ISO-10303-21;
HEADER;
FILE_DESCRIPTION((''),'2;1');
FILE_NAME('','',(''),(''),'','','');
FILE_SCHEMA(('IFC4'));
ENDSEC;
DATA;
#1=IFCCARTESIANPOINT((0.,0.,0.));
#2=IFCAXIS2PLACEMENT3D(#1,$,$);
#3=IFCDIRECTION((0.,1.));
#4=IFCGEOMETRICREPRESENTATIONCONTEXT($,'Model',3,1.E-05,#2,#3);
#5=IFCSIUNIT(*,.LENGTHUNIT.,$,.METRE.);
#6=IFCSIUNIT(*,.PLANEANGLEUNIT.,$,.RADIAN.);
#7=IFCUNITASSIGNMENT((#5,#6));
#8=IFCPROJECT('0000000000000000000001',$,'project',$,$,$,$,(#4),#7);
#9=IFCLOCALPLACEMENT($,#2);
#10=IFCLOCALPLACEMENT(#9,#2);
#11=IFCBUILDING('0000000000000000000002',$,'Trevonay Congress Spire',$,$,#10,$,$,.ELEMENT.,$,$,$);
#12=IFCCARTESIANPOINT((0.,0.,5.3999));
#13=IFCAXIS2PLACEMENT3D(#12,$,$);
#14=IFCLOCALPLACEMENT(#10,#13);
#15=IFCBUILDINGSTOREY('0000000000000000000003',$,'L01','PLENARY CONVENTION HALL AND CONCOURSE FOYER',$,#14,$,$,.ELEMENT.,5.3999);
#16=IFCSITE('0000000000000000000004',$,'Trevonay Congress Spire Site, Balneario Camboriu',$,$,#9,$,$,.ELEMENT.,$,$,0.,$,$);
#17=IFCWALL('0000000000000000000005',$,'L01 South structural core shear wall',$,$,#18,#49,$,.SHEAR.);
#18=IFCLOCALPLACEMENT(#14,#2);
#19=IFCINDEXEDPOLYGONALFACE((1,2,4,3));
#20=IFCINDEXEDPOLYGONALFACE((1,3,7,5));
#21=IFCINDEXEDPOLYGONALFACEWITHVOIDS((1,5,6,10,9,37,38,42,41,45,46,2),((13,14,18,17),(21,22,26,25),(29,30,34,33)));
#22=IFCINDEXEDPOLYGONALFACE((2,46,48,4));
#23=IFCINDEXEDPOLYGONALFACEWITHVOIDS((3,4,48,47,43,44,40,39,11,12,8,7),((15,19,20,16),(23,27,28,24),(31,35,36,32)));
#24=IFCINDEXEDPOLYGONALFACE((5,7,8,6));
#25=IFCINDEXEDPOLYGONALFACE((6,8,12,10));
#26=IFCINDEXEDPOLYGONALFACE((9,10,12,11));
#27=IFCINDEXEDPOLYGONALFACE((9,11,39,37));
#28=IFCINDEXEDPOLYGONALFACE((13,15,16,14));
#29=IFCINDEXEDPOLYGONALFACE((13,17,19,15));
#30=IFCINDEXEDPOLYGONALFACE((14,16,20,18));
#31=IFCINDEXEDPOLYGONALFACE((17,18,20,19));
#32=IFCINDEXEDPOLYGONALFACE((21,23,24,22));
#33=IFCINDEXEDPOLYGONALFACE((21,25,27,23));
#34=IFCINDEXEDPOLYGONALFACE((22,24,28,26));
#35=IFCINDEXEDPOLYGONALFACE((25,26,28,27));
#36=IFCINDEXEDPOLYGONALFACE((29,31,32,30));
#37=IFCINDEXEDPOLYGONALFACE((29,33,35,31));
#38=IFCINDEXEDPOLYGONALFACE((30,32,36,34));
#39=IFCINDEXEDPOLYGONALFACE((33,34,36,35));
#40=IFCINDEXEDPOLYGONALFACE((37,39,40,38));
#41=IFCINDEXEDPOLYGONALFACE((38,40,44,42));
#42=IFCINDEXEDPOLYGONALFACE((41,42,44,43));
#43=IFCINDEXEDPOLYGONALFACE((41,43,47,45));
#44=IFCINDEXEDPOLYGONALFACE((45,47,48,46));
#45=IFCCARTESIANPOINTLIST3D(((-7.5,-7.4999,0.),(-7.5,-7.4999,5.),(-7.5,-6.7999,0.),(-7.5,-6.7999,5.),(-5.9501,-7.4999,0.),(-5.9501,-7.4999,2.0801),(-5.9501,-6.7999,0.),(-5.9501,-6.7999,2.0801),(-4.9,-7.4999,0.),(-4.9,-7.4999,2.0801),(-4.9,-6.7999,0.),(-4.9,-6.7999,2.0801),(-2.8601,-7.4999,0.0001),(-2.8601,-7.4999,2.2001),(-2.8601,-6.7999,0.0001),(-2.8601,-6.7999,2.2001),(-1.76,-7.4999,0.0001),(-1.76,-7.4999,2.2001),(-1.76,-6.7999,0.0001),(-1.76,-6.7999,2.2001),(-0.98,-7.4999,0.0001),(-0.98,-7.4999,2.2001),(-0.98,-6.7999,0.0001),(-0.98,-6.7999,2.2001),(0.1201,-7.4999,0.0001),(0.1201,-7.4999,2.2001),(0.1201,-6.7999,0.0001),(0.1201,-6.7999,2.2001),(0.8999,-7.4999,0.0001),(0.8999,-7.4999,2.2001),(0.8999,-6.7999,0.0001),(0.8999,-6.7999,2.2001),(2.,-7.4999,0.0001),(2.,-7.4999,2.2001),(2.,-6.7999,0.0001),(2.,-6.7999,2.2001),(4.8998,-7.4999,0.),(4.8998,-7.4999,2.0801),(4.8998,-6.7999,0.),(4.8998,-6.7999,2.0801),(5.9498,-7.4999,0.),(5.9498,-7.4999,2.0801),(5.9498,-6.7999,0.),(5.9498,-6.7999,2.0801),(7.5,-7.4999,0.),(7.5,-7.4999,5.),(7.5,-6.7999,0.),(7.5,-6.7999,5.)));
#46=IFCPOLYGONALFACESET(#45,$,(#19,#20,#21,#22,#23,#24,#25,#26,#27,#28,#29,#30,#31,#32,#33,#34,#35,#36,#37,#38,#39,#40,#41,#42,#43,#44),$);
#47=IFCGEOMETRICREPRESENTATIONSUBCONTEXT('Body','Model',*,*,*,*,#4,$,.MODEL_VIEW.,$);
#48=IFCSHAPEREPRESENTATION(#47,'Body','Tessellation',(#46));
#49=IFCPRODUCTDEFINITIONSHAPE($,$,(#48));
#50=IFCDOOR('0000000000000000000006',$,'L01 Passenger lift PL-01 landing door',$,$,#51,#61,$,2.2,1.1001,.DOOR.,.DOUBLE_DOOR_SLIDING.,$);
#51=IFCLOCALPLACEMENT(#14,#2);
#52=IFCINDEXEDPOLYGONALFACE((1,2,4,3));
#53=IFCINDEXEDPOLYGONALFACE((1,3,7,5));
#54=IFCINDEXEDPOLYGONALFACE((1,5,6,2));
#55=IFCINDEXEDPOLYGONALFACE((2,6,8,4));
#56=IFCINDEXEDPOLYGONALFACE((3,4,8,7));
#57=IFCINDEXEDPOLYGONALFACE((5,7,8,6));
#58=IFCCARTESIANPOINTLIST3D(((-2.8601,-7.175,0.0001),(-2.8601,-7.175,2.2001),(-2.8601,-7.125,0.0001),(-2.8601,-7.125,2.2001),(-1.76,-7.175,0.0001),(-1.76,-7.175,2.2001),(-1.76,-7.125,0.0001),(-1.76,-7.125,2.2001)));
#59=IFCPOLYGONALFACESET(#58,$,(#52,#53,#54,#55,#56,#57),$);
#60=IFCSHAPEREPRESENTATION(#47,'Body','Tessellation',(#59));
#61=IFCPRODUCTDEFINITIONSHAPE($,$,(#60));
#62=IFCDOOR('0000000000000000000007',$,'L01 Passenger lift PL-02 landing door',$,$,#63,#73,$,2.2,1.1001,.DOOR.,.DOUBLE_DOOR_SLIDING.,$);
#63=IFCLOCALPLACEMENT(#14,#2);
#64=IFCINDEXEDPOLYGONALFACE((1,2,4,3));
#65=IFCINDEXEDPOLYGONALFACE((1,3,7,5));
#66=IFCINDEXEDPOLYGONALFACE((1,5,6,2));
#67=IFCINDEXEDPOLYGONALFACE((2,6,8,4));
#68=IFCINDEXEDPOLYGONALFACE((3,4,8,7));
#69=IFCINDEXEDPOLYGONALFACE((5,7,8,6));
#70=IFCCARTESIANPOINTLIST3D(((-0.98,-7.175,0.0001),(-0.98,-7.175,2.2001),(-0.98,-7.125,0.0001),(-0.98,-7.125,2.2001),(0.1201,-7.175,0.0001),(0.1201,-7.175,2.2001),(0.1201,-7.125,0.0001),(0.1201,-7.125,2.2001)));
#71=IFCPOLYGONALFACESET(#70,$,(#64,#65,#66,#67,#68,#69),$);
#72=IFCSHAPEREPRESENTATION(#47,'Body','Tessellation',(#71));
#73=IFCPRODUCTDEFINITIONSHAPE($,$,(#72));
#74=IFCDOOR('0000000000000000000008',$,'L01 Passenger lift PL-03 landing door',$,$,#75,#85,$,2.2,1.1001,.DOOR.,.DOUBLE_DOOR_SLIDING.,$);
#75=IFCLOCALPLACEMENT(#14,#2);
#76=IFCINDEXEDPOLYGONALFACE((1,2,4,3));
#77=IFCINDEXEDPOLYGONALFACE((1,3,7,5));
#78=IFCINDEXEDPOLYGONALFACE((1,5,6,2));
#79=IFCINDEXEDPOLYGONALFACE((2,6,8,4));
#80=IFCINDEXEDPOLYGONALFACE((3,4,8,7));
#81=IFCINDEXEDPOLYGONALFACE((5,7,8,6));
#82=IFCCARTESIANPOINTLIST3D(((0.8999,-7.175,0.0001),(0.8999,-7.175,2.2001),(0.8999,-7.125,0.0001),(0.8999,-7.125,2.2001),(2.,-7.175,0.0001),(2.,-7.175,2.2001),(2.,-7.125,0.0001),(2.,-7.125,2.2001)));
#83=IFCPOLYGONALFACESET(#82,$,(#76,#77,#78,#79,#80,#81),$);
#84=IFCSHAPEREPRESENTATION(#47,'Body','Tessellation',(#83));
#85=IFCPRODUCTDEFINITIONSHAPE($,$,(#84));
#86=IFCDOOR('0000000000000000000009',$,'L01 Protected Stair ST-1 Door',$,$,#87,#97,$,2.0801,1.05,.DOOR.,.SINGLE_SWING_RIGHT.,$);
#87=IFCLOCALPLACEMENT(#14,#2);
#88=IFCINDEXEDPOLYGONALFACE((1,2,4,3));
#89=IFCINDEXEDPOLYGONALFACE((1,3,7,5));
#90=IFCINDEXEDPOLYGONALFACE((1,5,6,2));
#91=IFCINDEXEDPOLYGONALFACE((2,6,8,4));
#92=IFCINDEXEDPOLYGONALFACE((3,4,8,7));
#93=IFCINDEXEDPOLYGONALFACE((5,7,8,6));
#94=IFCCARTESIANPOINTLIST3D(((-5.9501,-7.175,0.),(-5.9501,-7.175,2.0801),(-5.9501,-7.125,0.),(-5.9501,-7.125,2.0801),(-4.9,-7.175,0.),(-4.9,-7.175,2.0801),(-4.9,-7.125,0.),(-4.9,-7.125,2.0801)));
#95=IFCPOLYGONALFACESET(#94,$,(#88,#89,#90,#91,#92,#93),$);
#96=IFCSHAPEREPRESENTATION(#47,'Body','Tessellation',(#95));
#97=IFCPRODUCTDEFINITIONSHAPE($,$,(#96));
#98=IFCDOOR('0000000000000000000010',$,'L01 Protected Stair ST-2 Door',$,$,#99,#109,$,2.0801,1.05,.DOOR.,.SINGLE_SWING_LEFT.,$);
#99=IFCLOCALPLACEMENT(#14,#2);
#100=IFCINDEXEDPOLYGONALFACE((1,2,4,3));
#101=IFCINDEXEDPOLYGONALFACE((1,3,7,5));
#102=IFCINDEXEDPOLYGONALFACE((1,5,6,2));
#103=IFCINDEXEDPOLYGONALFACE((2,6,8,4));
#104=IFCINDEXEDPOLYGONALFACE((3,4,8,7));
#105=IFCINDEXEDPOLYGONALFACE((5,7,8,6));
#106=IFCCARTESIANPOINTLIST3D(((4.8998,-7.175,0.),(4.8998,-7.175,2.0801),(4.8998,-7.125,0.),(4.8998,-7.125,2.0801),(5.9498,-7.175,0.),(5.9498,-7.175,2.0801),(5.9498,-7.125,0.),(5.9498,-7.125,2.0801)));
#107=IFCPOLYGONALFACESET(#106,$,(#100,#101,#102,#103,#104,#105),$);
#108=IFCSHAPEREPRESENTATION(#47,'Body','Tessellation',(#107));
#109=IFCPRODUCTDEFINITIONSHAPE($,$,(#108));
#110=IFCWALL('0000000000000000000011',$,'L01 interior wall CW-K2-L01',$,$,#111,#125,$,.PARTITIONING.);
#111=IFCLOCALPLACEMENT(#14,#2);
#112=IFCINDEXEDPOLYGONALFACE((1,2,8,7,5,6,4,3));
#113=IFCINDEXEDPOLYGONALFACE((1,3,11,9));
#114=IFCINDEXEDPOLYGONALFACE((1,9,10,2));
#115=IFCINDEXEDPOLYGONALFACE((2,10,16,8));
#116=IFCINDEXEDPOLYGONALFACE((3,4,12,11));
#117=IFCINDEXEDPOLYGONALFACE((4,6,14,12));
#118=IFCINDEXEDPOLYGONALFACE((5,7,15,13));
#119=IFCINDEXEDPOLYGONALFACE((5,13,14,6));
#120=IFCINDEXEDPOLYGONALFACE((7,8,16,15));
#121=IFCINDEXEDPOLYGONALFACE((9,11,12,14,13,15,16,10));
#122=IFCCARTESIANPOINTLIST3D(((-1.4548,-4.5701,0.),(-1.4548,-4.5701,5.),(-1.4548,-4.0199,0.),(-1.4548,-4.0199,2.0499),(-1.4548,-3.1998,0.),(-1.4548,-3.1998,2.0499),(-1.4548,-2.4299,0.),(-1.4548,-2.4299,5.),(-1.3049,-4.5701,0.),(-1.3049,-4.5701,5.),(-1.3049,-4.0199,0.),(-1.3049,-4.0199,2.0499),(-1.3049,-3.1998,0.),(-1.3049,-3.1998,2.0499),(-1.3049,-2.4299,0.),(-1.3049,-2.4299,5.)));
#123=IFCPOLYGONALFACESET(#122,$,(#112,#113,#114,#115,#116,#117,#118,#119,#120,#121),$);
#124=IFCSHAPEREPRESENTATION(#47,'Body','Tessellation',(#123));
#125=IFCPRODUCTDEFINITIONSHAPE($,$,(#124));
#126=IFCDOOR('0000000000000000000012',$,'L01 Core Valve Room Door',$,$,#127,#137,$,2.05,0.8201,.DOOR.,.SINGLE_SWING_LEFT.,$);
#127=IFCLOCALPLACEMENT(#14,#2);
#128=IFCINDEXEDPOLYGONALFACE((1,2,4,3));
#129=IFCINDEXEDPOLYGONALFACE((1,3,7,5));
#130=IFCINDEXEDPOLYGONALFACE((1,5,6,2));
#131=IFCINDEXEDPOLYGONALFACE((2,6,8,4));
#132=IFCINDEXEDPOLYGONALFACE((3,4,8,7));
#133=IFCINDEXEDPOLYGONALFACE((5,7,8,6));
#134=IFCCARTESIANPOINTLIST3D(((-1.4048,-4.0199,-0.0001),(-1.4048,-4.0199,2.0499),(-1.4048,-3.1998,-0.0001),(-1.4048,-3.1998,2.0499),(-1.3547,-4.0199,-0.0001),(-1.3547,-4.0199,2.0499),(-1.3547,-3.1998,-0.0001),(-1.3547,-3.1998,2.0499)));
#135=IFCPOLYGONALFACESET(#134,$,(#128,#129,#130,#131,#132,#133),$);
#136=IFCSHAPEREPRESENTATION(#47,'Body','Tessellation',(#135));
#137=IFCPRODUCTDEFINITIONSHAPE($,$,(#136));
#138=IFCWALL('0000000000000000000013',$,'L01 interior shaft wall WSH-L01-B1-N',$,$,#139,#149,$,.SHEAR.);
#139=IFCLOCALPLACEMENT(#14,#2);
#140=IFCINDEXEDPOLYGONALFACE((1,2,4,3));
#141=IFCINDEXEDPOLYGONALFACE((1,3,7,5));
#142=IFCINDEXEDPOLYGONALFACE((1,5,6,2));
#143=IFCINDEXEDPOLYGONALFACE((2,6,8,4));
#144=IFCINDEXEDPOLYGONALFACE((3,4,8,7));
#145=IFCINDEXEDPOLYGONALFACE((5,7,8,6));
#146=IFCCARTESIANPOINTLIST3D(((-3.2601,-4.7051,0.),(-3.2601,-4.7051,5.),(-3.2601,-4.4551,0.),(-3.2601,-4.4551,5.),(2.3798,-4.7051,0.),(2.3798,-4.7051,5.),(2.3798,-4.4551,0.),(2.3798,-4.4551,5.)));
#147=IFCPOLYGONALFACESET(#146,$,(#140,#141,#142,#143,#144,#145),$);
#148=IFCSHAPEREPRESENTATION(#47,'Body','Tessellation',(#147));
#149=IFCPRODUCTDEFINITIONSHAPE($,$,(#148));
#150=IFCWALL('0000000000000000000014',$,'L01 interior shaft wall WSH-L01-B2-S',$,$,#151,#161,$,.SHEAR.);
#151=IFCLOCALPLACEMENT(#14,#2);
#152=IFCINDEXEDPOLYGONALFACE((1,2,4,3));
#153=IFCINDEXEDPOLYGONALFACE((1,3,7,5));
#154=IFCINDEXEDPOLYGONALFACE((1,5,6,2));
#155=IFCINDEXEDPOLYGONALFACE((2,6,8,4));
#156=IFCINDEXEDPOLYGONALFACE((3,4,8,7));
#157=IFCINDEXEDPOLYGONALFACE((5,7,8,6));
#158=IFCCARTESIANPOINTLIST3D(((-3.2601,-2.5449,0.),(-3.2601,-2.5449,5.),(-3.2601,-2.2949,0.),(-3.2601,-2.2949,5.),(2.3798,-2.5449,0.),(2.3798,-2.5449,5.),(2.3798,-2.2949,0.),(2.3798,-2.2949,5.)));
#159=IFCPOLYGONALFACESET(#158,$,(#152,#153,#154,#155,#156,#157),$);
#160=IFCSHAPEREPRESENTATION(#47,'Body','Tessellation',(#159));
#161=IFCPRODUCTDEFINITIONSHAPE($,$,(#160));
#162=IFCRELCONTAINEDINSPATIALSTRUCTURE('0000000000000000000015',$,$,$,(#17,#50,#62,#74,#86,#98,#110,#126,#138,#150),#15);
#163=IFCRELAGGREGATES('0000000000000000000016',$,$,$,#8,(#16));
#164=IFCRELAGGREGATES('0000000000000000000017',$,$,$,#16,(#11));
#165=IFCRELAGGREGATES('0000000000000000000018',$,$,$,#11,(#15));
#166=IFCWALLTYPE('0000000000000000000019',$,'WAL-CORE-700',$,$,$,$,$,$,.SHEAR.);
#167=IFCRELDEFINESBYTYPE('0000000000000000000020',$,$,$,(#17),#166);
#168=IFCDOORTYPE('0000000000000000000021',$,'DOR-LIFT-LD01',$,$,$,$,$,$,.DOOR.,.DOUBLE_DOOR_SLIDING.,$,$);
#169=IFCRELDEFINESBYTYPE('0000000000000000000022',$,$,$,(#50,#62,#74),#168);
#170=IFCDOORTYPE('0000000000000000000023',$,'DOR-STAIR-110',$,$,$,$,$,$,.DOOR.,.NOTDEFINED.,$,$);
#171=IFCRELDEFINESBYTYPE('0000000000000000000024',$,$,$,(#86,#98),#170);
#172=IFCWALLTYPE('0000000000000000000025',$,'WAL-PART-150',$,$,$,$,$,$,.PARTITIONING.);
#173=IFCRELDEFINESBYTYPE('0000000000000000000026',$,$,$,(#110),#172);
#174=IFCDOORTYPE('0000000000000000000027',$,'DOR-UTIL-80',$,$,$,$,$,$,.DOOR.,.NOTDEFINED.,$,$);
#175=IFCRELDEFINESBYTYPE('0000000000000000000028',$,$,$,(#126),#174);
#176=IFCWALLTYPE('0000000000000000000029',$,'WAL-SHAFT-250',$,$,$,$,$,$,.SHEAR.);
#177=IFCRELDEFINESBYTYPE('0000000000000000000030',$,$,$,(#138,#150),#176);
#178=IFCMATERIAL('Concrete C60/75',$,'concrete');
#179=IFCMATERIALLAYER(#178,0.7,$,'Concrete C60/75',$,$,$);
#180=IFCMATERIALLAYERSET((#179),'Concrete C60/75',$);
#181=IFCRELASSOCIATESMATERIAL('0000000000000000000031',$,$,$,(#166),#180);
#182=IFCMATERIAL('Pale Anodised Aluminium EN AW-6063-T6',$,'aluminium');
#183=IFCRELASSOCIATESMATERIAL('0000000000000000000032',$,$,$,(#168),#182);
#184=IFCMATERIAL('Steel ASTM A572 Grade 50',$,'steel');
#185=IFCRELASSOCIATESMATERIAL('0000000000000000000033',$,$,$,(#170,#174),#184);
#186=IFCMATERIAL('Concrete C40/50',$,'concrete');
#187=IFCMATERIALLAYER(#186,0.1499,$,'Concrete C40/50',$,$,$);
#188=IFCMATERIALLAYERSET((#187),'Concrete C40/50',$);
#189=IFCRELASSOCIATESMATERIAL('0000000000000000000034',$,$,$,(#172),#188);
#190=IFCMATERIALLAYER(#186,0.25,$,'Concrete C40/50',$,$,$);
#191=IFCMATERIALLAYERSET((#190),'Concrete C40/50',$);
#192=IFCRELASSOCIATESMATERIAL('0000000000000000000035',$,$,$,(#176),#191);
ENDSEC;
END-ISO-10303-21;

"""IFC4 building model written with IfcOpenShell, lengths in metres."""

from ifc_helpers import new_model, si_unit, direction, frame, frame_2d, origin, place, context, subcontext, project, spatial, rectangle, extrude, material, layer, layer_set, type_object, element, fill, save


model = new_model("IFC4")

# Units and contexts
model_context = context("Model", 3, precision=1e-05, world=origin(), true_north=direction((0.0, 1.0)))
body_context = subcontext(model_context, "Body", "Model", "MODEL_VIEW")
ifc_project = project(units=[si_unit("LENGTHUNIT", "METRE"), si_unit("PLANEANGLEUNIT", "RADIAN")], contexts=[model_context])

# Site, building, storey
site_placement = place(None, origin())
site = spatial("IfcSite", under=ifc_project, at=site_placement, Name="Trevonay Congress Spire Site, Balneario Camboriu", CompositionType="ELEMENT", RefElevation=0.0)
building_placement = place(site_placement, origin())
building = spatial("IfcBuilding", under=site, at=building_placement, Name="Trevonay Congress Spire", CompositionType="ELEMENT")
storey_placement = place(building_placement, frame((0.0, 0.0, 5.3999)))
storey = spatial("IfcBuildingStorey", under=building, at=storey_placement, Name="L01", Description="PLENARY CONVENTION HALL AND CONCOURSE FOYER", CompositionType="ELEMENT", Elevation=5.3999)

# Shared definitions
ifc_material_1 = material(Name="Steel ASTM A572 Grade 50", Category="steel")

# Wall, openings, doors
ifc_material_2 = material(Name="Concrete C60/75", Category="concrete")
ifc_layer_1 = layer(ifc_material_2, 0.7, Name="Concrete C60/75")
ifc_layer_set_1 = layer_set([ifc_layer_1], Name="Concrete C60/75")
wall_type_1 = type_object("IfcWallType", Name="WAL-CORE-700", PredefinedType="SHEAR", material=ifc_layer_set_1)
wall_1_placement = place(storey_placement, frame((-7.5, -7.1499, 0.0), z_axis=(0.0, 0.0, 1.0), x_axis=(1.0, 0.0, 0.0)))
wall_1 = element("IfcWall", 1, at=wall_1_placement, inside=storey, type_object=wall_type_1, Name="L01 South structural core shear wall", PredefinedType="SHEAR", context=body_context, shape_type="SweptSolid", body=[
    extrude(rectangle(XDim=15.0, YDim=0.7, at=frame_2d((7.5, 0.0))), origin(), (0.0, 0.0, 1.0), 5.0),
])
opening_1_placement = place(wall_1_placement, frame((1.55, 0.0, 0.0)))
opening_1 = element("IfcOpeningElement", 2, at=opening_1_placement, cuts=wall_1, PredefinedType="OPENING", context=body_context, shape_type="SweptSolid", body=[
    extrude(rectangle(XDim=1.05, YDim=2.0801, at=frame_2d((0.5249, 1.04))), frame((0.0, 0.3599, 0.0), z_axis=(0.0, -1.0, 0.0), x_axis=(1.0, 0.0, 0.0)), (0.0, 0.0, 1.0), 0.72),
])
opening_2_placement = place(wall_1_placement, frame((12.3999, 0.0, 0.0)))
opening_2 = element("IfcOpeningElement", 3, at=opening_2_placement, cuts=wall_1, PredefinedType="OPENING", context=body_context, shape_type="SweptSolid", body=[
    extrude(rectangle(XDim=1.05, YDim=2.0801, at=frame_2d((0.5249, 1.04))), frame((0.0, 0.3599, 0.0), z_axis=(0.0, -1.0, 0.0), x_axis=(1.0, 0.0, 0.0)), (0.0, 0.0, 1.0), 0.72),
])
opening_3_placement = place(wall_1_placement, frame((4.6399, 0.0, 0.0)))
opening_3 = element("IfcOpeningElement", 4, at=opening_3_placement, cuts=wall_1, PredefinedType="OPENING", context=body_context, shape_type="SweptSolid", body=[
    extrude(rectangle(XDim=1.1001, YDim=2.2, at=frame_2d((0.55, 1.1001))), frame((0.0, 0.3599, 0.0), z_axis=(0.0, -1.0, 0.0), x_axis=(1.0, 0.0, 0.0)), (0.0, 0.0, 1.0), 0.72),
])
opening_4_placement = place(wall_1_placement, frame((6.52, 0.0, 0.0)))
opening_4 = element("IfcOpeningElement", 5, at=opening_4_placement, cuts=wall_1, PredefinedType="OPENING", context=body_context, shape_type="SweptSolid", body=[
    extrude(rectangle(XDim=1.1001, YDim=2.2, at=frame_2d((0.55, 1.1001))), frame((0.0, 0.3599, 0.0), z_axis=(0.0, -1.0, 0.0), x_axis=(1.0, 0.0, 0.0)), (0.0, 0.0, 1.0), 0.72),
])
opening_5_placement = place(wall_1_placement, frame((8.3999, 0.0, 0.0)))
opening_5 = element("IfcOpeningElement", 6, at=opening_5_placement, cuts=wall_1, PredefinedType="OPENING", context=body_context, shape_type="SweptSolid", body=[
    extrude(rectangle(XDim=1.1001, YDim=2.2, at=frame_2d((0.55, 1.1001))), frame((0.0, 0.3599, 0.0), z_axis=(0.0, -1.0, 0.0), x_axis=(1.0, 0.0, 0.0)), (0.0, 0.0, 1.0), 0.72),
])
ifc_material_3 = material(Name="Pale Anodised Aluminium EN AW-6063-T6", Category="aluminium")
door_type_1 = type_object("IfcDoorType", Name="DOR-LIFT-LD01", OperationType="DOUBLE_DOOR_SLIDING", PredefinedType="DOOR", material=ifc_material_3)
door_1_placement = place(opening_3_placement, origin())
door_1 = element("IfcDoor", 7, at=door_1_placement, inside=storey, type_object=door_type_1, Name="L01 Passenger lift PL-01 landing door", OperationType="DOUBLE_DOOR_SLIDING", OverallHeight=2.2, OverallWidth=1.1001, PredefinedType="DOOR", context=body_context, shape_type="SweptSolid", body=[
    extrude(rectangle(XDim=1.1001, YDim=2.2, at=frame_2d((0.55, 1.1001))), frame((0.0, 0.0249, 0.0), z_axis=(0.0, -1.0, 0.0), x_axis=(1.0, 0.0, 0.0)), (0.0, 0.0, 1.0), 0.05),
])
fill(opening_3, door_1)
door_2_placement = place(opening_4_placement, origin())
door_2 = element("IfcDoor", 8, at=door_2_placement, inside=storey, type_object=door_type_1, Name="L01 Passenger lift PL-02 landing door", OperationType="DOUBLE_DOOR_SLIDING", OverallHeight=2.2, OverallWidth=1.1001, PredefinedType="DOOR", context=body_context, shape_type="SweptSolid", body=[
    extrude(rectangle(XDim=1.1001, YDim=2.2, at=frame_2d((0.55, 1.1001))), frame((0.0, 0.0249, 0.0), z_axis=(0.0, -1.0, 0.0), x_axis=(1.0, 0.0, 0.0)), (0.0, 0.0, 1.0), 0.05),
])
fill(opening_4, door_2)
door_3_placement = place(opening_5_placement, origin())
door_3 = element("IfcDoor", 9, at=door_3_placement, inside=storey, type_object=door_type_1, Name="L01 Passenger lift PL-03 landing door", OperationType="DOUBLE_DOOR_SLIDING", OverallHeight=2.2, OverallWidth=1.1001, PredefinedType="DOOR", context=body_context, shape_type="SweptSolid", body=[
    extrude(rectangle(XDim=1.1001, YDim=2.2, at=frame_2d((0.55, 1.1001))), frame((0.0, 0.0249, 0.0), z_axis=(0.0, -1.0, 0.0), x_axis=(1.0, 0.0, 0.0)), (0.0, 0.0, 1.0), 0.05),
])
fill(opening_5, door_3)
door_type_2 = type_object("IfcDoorType", Name="DOR-STAIR-110", OperationType="NOTDEFINED", PredefinedType="DOOR", material=ifc_material_1)
door_4_placement = place(opening_1_placement, origin())
door_4 = element("IfcDoor", 10, at=door_4_placement, inside=storey, type_object=door_type_2, Name="L01 Protected Stair ST-1 Door", OperationType="SINGLE_SWING_RIGHT", OverallHeight=2.0801, OverallWidth=1.05, PredefinedType="DOOR", context=body_context, shape_type="SweptSolid", body=[
    extrude(rectangle(XDim=1.05, YDim=2.0801, at=frame_2d((0.5249, 1.04))), frame((0.0, 0.0249, 0.0), z_axis=(0.0, -1.0, 0.0), x_axis=(1.0, 0.0, 0.0)), (0.0, 0.0, 1.0), 0.05),
])
fill(opening_1, door_4)
door_5_placement = place(opening_2_placement, origin())
door_5 = element("IfcDoor", 11, at=door_5_placement, inside=storey, type_object=door_type_2, Name="L01 Protected Stair ST-2 Door", OperationType="SINGLE_SWING_LEFT", OverallHeight=2.0801, OverallWidth=1.05, PredefinedType="DOOR", context=body_context, shape_type="SweptSolid", body=[
    extrude(rectangle(XDim=1.05, YDim=2.0801, at=frame_2d((0.5249, 1.04))), frame((0.0, 0.0249, 0.0), z_axis=(0.0, -1.0, 0.0), x_axis=(1.0, 0.0, 0.0)), (0.0, 0.0, 1.0), 0.05),
])
fill(opening_2, door_5)

# Wall, opening, door
ifc_material_4 = material(Name="Concrete C40/50", Category="concrete")
ifc_layer_2 = layer(ifc_material_4, 0.1499, Name="Concrete C40/50")
ifc_layer_set_2 = layer_set([ifc_layer_2], Name="Concrete C40/50")
wall_type_2 = type_object("IfcWallType", Name="WAL-PART-150", PredefinedType="PARTITIONING", material=ifc_layer_set_2)
wall_2_placement = place(storey_placement, frame((-1.3799, -4.5701, 0.0), z_axis=(0.0, 0.0, 1.0), x_axis=(0.0, 1.0, 0.0)))
wall_2 = element("IfcWall", 12, at=wall_2_placement, inside=storey, type_object=wall_type_2, Name="L01 interior wall CW-K2-L01", PredefinedType="PARTITIONING", context=body_context, shape_type="SweptSolid", body=[
    extrude(rectangle(XDim=2.1401, YDim=0.1499, at=frame_2d((1.0701, 0.0))), origin(), (0.0, 0.0, 1.0), 5.0),
])
opening_6_placement = place(wall_2_placement, frame((0.55, 0.0, 0.0)))
opening_6 = element("IfcOpeningElement", 13, at=opening_6_placement, cuts=wall_2, PredefinedType="OPENING", context=body_context, shape_type="SweptSolid", body=[
    extrude(rectangle(XDim=0.8201, YDim=2.05, at=frame_2d((0.4102, 1.0249))), frame((0.0, 0.085, 0.0), z_axis=(0.0, -1.0, 0.0), x_axis=(1.0, 0.0, 0.0)), (0.0, 0.0, 1.0), 0.1699),
])
door_type_3 = type_object("IfcDoorType", Name="DOR-UTIL-80", OperationType="NOTDEFINED", PredefinedType="DOOR", material=ifc_material_1)
door_6_placement = place(opening_6_placement, origin())
door_6 = element("IfcDoor", 14, at=door_6_placement, inside=storey, type_object=door_type_3, Name="L01 Core Valve Room Door", OperationType="SINGLE_SWING_LEFT", OverallHeight=2.05, OverallWidth=0.8201, PredefinedType="DOOR", context=body_context, shape_type="SweptSolid", body=[
    extrude(rectangle(XDim=0.8201, YDim=2.05, at=frame_2d((0.4102, 1.0249))), frame((0.0, 0.0249, 0.0), z_axis=(0.0, -1.0, 0.0), x_axis=(1.0, 0.0, 0.0)), (0.0, 0.0, 1.0), 0.05),
])
fill(opening_6, door_6)

# Walls
ifc_layer_3 = layer(ifc_material_4, 0.25, Name="Concrete C40/50")
ifc_layer_set_3 = layer_set([ifc_layer_3], Name="Concrete C40/50")
wall_type_3 = type_object("IfcWallType", Name="WAL-SHAFT-250", PredefinedType="SHEAR", material=ifc_layer_set_3)
for number, where, z_axis, x_axis, name in (
    (15, (-3.26, -4.5801, 0.0), (0.0, 0.0, 1.0), (1.0, 0.0, 0.0), "L01 interior shaft wall WSH-L01-B1-N"),
    (16, (-3.26, -2.4199, 0.0), (0.0, 0.0, 1.0), (1.0, 0.0, 0.0), "L01 interior shaft wall WSH-L01-B2-S"),
):
    element("IfcWall", number, at=place(storey_placement, frame(where, z_axis=z_axis, x_axis=x_axis)), inside=storey, type_object=wall_type_3, Name=name, PredefinedType="SHEAR", context=body_context, shape_type="SweptSolid", body=[
        extrude(rectangle(XDim=5.6399, YDim=0.25, at=frame_2d((2.8198, 0.0))), origin(), (0.0, 0.0, 1.0), 5.0),
    ])

save(model, "model.ifc")
